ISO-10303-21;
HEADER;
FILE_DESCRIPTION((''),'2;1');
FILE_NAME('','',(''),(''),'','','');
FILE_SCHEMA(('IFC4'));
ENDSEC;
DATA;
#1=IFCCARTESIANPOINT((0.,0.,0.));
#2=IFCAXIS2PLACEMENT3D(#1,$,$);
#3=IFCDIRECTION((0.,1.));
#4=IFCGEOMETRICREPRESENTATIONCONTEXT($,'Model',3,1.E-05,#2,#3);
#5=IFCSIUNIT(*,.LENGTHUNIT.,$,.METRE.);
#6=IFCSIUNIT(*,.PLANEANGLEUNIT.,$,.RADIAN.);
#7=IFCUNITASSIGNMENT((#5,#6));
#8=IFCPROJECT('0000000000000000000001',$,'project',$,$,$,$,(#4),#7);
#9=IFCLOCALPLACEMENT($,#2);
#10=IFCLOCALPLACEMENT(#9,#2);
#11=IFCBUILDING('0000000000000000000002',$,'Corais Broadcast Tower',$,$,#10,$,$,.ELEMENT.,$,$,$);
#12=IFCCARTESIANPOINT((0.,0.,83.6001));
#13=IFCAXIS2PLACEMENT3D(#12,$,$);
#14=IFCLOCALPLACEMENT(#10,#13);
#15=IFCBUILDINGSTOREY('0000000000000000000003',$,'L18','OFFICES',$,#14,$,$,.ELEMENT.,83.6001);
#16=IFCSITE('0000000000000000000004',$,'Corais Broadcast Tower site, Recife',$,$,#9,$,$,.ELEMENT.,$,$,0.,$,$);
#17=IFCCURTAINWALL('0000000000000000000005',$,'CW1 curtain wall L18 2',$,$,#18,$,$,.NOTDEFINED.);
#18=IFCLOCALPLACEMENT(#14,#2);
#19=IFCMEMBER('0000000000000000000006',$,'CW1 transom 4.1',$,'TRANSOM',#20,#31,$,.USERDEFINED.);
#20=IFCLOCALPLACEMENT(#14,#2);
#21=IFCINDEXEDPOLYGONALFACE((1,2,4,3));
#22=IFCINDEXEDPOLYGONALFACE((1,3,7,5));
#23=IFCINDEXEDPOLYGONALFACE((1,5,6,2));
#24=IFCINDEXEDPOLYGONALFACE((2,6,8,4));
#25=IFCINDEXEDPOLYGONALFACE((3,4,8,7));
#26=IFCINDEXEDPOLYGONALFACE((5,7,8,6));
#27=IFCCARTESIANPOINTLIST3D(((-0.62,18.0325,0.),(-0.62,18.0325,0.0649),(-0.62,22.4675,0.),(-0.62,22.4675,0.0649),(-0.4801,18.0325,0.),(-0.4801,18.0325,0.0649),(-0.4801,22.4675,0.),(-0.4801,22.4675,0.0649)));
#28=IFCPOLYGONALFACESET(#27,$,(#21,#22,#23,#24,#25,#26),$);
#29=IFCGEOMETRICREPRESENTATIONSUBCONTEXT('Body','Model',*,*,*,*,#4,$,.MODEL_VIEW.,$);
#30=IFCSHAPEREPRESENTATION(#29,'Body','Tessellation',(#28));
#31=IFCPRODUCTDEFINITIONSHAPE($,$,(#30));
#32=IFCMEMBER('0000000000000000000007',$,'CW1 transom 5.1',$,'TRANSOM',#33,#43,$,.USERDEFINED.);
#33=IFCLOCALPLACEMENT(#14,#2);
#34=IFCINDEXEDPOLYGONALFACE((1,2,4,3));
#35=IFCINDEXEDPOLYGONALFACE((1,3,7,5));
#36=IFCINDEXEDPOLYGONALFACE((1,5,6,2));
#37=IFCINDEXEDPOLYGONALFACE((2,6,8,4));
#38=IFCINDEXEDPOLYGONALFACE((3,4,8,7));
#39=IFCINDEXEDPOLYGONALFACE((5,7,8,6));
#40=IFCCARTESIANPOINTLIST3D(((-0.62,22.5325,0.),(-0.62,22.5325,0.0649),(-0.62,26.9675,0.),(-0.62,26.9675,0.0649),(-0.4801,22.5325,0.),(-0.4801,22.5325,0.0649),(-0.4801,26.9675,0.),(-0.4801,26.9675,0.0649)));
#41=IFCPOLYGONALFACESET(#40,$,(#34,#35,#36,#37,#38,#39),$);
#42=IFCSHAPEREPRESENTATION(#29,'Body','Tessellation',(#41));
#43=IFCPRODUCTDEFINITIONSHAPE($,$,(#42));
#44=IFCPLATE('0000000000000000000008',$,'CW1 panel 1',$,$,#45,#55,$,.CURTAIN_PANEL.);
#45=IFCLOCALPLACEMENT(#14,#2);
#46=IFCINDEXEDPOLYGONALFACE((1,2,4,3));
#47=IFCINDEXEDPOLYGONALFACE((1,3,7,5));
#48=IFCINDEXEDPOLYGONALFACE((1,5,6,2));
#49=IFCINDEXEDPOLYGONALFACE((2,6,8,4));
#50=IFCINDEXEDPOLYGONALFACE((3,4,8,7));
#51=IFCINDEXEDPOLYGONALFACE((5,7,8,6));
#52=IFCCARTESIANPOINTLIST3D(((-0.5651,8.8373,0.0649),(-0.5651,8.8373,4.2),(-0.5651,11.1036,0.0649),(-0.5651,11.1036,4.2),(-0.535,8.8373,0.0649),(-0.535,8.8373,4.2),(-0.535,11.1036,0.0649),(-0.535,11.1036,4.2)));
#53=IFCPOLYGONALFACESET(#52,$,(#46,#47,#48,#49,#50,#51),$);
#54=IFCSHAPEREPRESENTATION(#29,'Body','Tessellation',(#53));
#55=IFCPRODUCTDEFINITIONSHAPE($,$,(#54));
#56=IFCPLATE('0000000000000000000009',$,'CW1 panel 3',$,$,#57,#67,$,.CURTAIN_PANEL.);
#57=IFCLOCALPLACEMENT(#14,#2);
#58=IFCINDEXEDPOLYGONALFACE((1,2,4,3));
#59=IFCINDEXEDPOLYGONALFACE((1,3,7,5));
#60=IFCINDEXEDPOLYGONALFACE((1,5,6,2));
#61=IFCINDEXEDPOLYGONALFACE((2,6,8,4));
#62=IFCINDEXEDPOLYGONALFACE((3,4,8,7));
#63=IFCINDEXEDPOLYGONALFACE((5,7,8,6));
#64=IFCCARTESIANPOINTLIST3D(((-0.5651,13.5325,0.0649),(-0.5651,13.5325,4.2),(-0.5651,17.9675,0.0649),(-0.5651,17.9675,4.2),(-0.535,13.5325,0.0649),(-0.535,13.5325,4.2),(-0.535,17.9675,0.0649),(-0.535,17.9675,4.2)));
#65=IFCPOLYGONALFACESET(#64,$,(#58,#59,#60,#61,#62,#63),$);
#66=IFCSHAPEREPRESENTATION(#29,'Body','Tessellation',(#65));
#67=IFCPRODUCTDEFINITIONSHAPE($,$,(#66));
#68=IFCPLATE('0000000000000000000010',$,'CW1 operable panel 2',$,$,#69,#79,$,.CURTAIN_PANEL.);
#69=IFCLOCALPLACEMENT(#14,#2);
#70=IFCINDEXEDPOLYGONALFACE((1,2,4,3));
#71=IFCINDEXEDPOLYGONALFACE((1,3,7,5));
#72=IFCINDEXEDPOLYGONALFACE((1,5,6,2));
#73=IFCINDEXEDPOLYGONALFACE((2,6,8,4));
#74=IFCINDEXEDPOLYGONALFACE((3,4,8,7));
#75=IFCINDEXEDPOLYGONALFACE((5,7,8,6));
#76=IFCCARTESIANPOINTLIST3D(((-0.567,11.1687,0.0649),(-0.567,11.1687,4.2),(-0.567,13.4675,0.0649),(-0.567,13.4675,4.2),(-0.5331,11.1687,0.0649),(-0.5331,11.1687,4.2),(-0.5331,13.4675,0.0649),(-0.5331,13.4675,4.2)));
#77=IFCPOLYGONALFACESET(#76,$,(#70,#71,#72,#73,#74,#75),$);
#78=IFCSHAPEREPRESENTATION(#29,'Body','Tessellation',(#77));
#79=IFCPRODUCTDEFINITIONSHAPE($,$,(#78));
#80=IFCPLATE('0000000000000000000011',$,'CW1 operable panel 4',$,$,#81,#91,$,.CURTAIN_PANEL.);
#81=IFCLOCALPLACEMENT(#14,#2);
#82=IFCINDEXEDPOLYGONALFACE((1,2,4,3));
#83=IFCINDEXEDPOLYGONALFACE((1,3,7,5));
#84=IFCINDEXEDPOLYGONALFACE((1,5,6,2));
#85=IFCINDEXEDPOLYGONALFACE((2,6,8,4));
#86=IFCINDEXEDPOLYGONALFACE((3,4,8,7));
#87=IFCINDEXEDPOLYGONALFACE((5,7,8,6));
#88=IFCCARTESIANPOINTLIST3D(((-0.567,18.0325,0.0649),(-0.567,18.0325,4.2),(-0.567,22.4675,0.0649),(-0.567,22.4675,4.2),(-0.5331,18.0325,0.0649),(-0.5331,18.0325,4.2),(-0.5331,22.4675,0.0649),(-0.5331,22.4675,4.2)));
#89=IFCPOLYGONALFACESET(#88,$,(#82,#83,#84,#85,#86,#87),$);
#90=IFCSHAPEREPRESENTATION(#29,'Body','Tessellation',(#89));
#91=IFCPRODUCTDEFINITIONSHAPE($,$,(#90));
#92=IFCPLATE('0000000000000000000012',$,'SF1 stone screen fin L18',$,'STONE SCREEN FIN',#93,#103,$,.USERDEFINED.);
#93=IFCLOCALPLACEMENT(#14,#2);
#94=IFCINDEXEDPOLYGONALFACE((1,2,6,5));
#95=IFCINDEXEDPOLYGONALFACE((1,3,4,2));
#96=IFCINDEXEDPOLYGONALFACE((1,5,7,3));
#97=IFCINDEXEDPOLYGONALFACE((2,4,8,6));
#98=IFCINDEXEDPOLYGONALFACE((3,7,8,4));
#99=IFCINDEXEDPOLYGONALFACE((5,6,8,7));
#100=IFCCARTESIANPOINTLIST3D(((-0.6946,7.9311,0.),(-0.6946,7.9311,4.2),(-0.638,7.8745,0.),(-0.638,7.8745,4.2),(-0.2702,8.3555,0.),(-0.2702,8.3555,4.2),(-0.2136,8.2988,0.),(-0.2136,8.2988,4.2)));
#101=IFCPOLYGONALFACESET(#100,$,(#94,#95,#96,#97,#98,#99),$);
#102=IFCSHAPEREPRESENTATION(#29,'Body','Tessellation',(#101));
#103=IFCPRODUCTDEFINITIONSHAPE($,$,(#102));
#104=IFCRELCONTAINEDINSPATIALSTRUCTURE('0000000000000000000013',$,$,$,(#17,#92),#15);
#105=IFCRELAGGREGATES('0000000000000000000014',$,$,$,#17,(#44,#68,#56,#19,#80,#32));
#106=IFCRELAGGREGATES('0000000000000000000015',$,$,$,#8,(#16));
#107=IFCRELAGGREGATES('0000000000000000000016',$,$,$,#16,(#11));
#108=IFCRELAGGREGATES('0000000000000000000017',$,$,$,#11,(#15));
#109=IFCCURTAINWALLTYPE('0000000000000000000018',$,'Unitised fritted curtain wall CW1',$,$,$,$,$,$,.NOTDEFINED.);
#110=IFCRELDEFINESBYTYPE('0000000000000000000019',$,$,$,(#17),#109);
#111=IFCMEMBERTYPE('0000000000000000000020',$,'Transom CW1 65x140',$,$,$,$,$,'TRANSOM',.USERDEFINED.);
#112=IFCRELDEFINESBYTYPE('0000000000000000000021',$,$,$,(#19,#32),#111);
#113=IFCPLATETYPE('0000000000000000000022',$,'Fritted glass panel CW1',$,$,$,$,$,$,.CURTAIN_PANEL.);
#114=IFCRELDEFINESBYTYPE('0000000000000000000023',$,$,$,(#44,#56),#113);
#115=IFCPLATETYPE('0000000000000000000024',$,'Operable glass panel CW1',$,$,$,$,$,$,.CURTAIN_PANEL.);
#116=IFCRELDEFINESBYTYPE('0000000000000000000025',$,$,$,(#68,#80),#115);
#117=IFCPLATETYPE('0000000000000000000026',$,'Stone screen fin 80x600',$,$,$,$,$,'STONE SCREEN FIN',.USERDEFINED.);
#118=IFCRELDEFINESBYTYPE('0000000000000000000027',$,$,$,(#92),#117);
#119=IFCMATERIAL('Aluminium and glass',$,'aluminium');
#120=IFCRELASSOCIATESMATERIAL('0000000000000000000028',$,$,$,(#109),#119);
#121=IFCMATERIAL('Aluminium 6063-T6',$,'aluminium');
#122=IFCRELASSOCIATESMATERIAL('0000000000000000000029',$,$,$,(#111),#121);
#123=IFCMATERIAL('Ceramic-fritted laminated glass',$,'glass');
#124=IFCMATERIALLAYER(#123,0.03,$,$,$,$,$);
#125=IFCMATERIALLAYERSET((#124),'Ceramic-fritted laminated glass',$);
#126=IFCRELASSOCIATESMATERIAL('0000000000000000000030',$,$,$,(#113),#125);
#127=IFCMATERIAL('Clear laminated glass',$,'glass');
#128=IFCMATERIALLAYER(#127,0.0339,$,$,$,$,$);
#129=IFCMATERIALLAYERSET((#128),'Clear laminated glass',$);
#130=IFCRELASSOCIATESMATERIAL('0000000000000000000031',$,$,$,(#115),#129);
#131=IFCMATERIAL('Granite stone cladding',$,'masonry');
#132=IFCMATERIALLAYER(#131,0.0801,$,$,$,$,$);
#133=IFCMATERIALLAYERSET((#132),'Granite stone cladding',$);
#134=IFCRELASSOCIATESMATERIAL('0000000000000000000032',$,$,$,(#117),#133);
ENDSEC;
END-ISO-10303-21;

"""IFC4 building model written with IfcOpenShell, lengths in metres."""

from ifc_helpers import new_model, si_unit, direction, frame, origin, origin_2d, place, context, subcontext, project, spatial, rectangle, extrude, material, layer, layer_set, material_profile, profile_set, type_object, element, aggregate, save


model = new_model("IFC4")

# Units and contexts
model_context = context("Model", 3, precision=1e-05, world=origin(), true_north=direction((0.0, 1.0)))
body_context = subcontext(model_context, "Body", "Model", "MODEL_VIEW")
ifc_project = project(units=[si_unit("LENGTHUNIT", "METRE"), si_unit("PLANEANGLEUNIT", "RADIAN")], contexts=[model_context])

# Site, building, storey
site_placement = place(None, origin())
site = spatial("IfcSite", under=ifc_project, at=site_placement, Name="Corais Broadcast Tower site, Recife", CompositionType="ELEMENT", RefElevation=0.0)
building_placement = place(site_placement, origin())
building = spatial("IfcBuilding", under=site, at=building_placement, Name="Corais Broadcast Tower", CompositionType="ELEMENT")
storey_placement = place(building_placement, frame((0.0, 0.0, 83.6001)))
storey = spatial("IfcBuildingStorey", under=building, at=storey_placement, Name="L18", Description="OFFICES", CompositionType="ELEMENT", Elevation=83.6001)

# Shared definitions
ifc_material_1 = material(Name="Aluminium and glass", Category="aluminium")
curtain_wall_type = type_object("IfcCurtainWallType", Name="Unitised fritted curtain wall CW1", PredefinedType="NOTDEFINED", material=ifc_material_1)

# Curtain wall
curtain_wall_1_placement = place(storey_placement, origin())
curtain_wall_1 = element("IfcCurtainWall", 1, at=curtain_wall_1_placement, inside=storey, type_object=curtain_wall_type, Name="CW1 curtain wall L18 2", PredefinedType="NOTDEFINED")

# Members
ifc_material_2 = material(Name="Aluminium 6063-T6", Category="aluminium")
ifc_material_profile_1 = material_profile(ifc_material_2, rectangle(XDim=0.1399, YDim=0.0649, at=origin_2d()), Name="Transom CW1 65x140")
ifc_profile_set_1 = profile_set([ifc_material_profile_1], Name="Aluminium 6063-T6")
member_type_1 = type_object("IfcMemberType", Name="Transom CW1 65x140", ElementType="TRANSOM", PredefinedType="USERDEFINED", material=ifc_profile_set_1)
member_1_placement = place(storey_placement, frame((-0.55, 18.0325, 0.0325), z_axis=(0.0, 1.0, 0.0), x_axis=(-1.0, 0.0, 0.0)))
member_1 = element("IfcMember", 2, at=member_1_placement, type_object=member_type_1, Name="CW1 transom 4.1", ObjectType="TRANSOM", PredefinedType="USERDEFINED", context=body_context, shape_type="SweptSolid", body=[
    extrude(rectangle(XDim=0.1399, YDim=0.0649, at=origin_2d()), origin(), (0.0, 0.0, 1.0), 4.4351),
])
member_2_placement = place(storey_placement, frame((-0.55, 22.5325, 0.0325), z_axis=(0.0, 1.0, 0.0), x_axis=(-1.0, 0.0, 0.0)))
member_2 = element("IfcMember", 3, at=member_2_placement, type_object=member_type_1, Name="CW1 transom 5.1", ObjectType="TRANSOM", PredefinedType="USERDEFINED", context=body_context, shape_type="SweptSolid", body=[
    extrude(rectangle(XDim=0.1399, YDim=0.0649, at=origin_2d()), origin(), (0.0, 0.0, 1.0), 4.4351),
])

# Plates
ifc_material_3 = material(Name="Ceramic-fritted laminated glass", Category="glass")
ifc_layer_1 = layer(ifc_material_3, 0.03)
ifc_layer_set_1 = layer_set([ifc_layer_1], Name="Ceramic-fritted laminated glass")
plate_type_1 = type_object("IfcPlateType", Name="Fritted glass panel CW1", PredefinedType="CURTAIN_PANEL", material=ifc_layer_set_1)
plate_1_placement = place(storey_placement, frame((-0.55, 9.9705, 0.0649), z_axis=(0.0, 0.0, 1.0), x_axis=(0.0, 1.0, 0.0)))
plate_1 = element("IfcPlate", 4, at=plate_1_placement, type_object=plate_type_1, Name="CW1 panel 1", PredefinedType="CURTAIN_PANEL", context=body_context, shape_type="SweptSolid", body=[
    extrude(rectangle(XDim=2.2664, YDim=0.03, at=origin_2d()), origin(), (0.0, 0.0, 1.0), 4.135),
])
plate_2_placement = place(storey_placement, frame((-0.55, 15.75, 0.0649), z_axis=(0.0, 0.0, 1.0), x_axis=(0.0, 1.0, 0.0)))
plate_2 = element("IfcPlate", 5, at=plate_2_placement, type_object=plate_type_1, Name="CW1 panel 3", PredefinedType="CURTAIN_PANEL", context=body_context, shape_type="SweptSolid", body=[
    extrude(rectangle(XDim=4.4351, YDim=0.03, at=origin_2d()), origin(), (0.0, 0.0, 1.0), 4.135),
])
ifc_material_4 = material(Name="Clear laminated glass", Category="glass")
ifc_layer_2 = layer(ifc_material_4, 0.0339)
ifc_layer_set_2 = layer_set([ifc_layer_2], Name="Clear laminated glass")
plate_type_2 = type_object("IfcPlateType", Name="Operable glass panel CW1", PredefinedType="CURTAIN_PANEL", material=ifc_layer_set_2)
plate_3_placement = place(storey_placement, frame((-0.55, 12.3181, 0.0649), z_axis=(0.0, 0.0, 1.0), x_axis=(0.0, 1.0, 0.0)))
plate_3 = element("IfcPlate", 6, at=plate_3_placement, type_object=plate_type_2, Name="CW1 operable panel 2", PredefinedType="CURTAIN_PANEL", context=body_context, shape_type="SweptSolid", body=[
    extrude(rectangle(XDim=2.2988, YDim=0.0339, at=origin_2d()), origin(), (0.0, 0.0, 1.0), 4.135),
])
plate_4_placement = place(storey_placement, frame((-0.55, 20.25, 0.0649), z_axis=(0.0, 0.0, 1.0), x_axis=(0.0, 1.0, 0.0)))
plate_4 = element("IfcPlate", 7, at=plate_4_placement, type_object=plate_type_2, Name="CW1 operable panel 4", PredefinedType="CURTAIN_PANEL", context=body_context, shape_type="SweptSolid", body=[
    extrude(rectangle(XDim=4.4351, YDim=0.0339, at=origin_2d()), origin(), (0.0, 0.0, 1.0), 4.135),
])
aggregate(curtain_wall_1, [plate_1, plate_3, plate_2, member_1, plate_4, member_2])
ifc_material_5 = material(Name="Granite stone cladding", Category="masonry")
ifc_layer_3 = layer(ifc_material_5, 0.0801)
ifc_layer_set_3 = layer_set([ifc_layer_3], Name="Granite stone cladding")
plate_type_3 = type_object("IfcPlateType", Name="Stone screen fin 80x600", ElementType="STONE SCREEN FIN", PredefinedType="USERDEFINED", material=ifc_layer_set_3)
plate_5_placement = place(storey_placement, frame((-0.4541, 8.115, 0.0), z_axis=(0.0, 0.0, 1.0), x_axis=(-0.707107, 0.707107, 0.0)))
element("IfcPlate", 8, at=plate_5_placement, inside=storey, type_object=plate_type_3, Name="SF1 stone screen fin L18", ObjectType="STONE SCREEN FIN", PredefinedType="USERDEFINED", context=body_context, shape_type="SweptSolid", body=[
    extrude(rectangle(XDim=0.0801, YDim=0.6001, at=origin_2d()), origin(), (0.0, 0.0, 1.0), 4.2),
])

save(model, "model.ifc")
